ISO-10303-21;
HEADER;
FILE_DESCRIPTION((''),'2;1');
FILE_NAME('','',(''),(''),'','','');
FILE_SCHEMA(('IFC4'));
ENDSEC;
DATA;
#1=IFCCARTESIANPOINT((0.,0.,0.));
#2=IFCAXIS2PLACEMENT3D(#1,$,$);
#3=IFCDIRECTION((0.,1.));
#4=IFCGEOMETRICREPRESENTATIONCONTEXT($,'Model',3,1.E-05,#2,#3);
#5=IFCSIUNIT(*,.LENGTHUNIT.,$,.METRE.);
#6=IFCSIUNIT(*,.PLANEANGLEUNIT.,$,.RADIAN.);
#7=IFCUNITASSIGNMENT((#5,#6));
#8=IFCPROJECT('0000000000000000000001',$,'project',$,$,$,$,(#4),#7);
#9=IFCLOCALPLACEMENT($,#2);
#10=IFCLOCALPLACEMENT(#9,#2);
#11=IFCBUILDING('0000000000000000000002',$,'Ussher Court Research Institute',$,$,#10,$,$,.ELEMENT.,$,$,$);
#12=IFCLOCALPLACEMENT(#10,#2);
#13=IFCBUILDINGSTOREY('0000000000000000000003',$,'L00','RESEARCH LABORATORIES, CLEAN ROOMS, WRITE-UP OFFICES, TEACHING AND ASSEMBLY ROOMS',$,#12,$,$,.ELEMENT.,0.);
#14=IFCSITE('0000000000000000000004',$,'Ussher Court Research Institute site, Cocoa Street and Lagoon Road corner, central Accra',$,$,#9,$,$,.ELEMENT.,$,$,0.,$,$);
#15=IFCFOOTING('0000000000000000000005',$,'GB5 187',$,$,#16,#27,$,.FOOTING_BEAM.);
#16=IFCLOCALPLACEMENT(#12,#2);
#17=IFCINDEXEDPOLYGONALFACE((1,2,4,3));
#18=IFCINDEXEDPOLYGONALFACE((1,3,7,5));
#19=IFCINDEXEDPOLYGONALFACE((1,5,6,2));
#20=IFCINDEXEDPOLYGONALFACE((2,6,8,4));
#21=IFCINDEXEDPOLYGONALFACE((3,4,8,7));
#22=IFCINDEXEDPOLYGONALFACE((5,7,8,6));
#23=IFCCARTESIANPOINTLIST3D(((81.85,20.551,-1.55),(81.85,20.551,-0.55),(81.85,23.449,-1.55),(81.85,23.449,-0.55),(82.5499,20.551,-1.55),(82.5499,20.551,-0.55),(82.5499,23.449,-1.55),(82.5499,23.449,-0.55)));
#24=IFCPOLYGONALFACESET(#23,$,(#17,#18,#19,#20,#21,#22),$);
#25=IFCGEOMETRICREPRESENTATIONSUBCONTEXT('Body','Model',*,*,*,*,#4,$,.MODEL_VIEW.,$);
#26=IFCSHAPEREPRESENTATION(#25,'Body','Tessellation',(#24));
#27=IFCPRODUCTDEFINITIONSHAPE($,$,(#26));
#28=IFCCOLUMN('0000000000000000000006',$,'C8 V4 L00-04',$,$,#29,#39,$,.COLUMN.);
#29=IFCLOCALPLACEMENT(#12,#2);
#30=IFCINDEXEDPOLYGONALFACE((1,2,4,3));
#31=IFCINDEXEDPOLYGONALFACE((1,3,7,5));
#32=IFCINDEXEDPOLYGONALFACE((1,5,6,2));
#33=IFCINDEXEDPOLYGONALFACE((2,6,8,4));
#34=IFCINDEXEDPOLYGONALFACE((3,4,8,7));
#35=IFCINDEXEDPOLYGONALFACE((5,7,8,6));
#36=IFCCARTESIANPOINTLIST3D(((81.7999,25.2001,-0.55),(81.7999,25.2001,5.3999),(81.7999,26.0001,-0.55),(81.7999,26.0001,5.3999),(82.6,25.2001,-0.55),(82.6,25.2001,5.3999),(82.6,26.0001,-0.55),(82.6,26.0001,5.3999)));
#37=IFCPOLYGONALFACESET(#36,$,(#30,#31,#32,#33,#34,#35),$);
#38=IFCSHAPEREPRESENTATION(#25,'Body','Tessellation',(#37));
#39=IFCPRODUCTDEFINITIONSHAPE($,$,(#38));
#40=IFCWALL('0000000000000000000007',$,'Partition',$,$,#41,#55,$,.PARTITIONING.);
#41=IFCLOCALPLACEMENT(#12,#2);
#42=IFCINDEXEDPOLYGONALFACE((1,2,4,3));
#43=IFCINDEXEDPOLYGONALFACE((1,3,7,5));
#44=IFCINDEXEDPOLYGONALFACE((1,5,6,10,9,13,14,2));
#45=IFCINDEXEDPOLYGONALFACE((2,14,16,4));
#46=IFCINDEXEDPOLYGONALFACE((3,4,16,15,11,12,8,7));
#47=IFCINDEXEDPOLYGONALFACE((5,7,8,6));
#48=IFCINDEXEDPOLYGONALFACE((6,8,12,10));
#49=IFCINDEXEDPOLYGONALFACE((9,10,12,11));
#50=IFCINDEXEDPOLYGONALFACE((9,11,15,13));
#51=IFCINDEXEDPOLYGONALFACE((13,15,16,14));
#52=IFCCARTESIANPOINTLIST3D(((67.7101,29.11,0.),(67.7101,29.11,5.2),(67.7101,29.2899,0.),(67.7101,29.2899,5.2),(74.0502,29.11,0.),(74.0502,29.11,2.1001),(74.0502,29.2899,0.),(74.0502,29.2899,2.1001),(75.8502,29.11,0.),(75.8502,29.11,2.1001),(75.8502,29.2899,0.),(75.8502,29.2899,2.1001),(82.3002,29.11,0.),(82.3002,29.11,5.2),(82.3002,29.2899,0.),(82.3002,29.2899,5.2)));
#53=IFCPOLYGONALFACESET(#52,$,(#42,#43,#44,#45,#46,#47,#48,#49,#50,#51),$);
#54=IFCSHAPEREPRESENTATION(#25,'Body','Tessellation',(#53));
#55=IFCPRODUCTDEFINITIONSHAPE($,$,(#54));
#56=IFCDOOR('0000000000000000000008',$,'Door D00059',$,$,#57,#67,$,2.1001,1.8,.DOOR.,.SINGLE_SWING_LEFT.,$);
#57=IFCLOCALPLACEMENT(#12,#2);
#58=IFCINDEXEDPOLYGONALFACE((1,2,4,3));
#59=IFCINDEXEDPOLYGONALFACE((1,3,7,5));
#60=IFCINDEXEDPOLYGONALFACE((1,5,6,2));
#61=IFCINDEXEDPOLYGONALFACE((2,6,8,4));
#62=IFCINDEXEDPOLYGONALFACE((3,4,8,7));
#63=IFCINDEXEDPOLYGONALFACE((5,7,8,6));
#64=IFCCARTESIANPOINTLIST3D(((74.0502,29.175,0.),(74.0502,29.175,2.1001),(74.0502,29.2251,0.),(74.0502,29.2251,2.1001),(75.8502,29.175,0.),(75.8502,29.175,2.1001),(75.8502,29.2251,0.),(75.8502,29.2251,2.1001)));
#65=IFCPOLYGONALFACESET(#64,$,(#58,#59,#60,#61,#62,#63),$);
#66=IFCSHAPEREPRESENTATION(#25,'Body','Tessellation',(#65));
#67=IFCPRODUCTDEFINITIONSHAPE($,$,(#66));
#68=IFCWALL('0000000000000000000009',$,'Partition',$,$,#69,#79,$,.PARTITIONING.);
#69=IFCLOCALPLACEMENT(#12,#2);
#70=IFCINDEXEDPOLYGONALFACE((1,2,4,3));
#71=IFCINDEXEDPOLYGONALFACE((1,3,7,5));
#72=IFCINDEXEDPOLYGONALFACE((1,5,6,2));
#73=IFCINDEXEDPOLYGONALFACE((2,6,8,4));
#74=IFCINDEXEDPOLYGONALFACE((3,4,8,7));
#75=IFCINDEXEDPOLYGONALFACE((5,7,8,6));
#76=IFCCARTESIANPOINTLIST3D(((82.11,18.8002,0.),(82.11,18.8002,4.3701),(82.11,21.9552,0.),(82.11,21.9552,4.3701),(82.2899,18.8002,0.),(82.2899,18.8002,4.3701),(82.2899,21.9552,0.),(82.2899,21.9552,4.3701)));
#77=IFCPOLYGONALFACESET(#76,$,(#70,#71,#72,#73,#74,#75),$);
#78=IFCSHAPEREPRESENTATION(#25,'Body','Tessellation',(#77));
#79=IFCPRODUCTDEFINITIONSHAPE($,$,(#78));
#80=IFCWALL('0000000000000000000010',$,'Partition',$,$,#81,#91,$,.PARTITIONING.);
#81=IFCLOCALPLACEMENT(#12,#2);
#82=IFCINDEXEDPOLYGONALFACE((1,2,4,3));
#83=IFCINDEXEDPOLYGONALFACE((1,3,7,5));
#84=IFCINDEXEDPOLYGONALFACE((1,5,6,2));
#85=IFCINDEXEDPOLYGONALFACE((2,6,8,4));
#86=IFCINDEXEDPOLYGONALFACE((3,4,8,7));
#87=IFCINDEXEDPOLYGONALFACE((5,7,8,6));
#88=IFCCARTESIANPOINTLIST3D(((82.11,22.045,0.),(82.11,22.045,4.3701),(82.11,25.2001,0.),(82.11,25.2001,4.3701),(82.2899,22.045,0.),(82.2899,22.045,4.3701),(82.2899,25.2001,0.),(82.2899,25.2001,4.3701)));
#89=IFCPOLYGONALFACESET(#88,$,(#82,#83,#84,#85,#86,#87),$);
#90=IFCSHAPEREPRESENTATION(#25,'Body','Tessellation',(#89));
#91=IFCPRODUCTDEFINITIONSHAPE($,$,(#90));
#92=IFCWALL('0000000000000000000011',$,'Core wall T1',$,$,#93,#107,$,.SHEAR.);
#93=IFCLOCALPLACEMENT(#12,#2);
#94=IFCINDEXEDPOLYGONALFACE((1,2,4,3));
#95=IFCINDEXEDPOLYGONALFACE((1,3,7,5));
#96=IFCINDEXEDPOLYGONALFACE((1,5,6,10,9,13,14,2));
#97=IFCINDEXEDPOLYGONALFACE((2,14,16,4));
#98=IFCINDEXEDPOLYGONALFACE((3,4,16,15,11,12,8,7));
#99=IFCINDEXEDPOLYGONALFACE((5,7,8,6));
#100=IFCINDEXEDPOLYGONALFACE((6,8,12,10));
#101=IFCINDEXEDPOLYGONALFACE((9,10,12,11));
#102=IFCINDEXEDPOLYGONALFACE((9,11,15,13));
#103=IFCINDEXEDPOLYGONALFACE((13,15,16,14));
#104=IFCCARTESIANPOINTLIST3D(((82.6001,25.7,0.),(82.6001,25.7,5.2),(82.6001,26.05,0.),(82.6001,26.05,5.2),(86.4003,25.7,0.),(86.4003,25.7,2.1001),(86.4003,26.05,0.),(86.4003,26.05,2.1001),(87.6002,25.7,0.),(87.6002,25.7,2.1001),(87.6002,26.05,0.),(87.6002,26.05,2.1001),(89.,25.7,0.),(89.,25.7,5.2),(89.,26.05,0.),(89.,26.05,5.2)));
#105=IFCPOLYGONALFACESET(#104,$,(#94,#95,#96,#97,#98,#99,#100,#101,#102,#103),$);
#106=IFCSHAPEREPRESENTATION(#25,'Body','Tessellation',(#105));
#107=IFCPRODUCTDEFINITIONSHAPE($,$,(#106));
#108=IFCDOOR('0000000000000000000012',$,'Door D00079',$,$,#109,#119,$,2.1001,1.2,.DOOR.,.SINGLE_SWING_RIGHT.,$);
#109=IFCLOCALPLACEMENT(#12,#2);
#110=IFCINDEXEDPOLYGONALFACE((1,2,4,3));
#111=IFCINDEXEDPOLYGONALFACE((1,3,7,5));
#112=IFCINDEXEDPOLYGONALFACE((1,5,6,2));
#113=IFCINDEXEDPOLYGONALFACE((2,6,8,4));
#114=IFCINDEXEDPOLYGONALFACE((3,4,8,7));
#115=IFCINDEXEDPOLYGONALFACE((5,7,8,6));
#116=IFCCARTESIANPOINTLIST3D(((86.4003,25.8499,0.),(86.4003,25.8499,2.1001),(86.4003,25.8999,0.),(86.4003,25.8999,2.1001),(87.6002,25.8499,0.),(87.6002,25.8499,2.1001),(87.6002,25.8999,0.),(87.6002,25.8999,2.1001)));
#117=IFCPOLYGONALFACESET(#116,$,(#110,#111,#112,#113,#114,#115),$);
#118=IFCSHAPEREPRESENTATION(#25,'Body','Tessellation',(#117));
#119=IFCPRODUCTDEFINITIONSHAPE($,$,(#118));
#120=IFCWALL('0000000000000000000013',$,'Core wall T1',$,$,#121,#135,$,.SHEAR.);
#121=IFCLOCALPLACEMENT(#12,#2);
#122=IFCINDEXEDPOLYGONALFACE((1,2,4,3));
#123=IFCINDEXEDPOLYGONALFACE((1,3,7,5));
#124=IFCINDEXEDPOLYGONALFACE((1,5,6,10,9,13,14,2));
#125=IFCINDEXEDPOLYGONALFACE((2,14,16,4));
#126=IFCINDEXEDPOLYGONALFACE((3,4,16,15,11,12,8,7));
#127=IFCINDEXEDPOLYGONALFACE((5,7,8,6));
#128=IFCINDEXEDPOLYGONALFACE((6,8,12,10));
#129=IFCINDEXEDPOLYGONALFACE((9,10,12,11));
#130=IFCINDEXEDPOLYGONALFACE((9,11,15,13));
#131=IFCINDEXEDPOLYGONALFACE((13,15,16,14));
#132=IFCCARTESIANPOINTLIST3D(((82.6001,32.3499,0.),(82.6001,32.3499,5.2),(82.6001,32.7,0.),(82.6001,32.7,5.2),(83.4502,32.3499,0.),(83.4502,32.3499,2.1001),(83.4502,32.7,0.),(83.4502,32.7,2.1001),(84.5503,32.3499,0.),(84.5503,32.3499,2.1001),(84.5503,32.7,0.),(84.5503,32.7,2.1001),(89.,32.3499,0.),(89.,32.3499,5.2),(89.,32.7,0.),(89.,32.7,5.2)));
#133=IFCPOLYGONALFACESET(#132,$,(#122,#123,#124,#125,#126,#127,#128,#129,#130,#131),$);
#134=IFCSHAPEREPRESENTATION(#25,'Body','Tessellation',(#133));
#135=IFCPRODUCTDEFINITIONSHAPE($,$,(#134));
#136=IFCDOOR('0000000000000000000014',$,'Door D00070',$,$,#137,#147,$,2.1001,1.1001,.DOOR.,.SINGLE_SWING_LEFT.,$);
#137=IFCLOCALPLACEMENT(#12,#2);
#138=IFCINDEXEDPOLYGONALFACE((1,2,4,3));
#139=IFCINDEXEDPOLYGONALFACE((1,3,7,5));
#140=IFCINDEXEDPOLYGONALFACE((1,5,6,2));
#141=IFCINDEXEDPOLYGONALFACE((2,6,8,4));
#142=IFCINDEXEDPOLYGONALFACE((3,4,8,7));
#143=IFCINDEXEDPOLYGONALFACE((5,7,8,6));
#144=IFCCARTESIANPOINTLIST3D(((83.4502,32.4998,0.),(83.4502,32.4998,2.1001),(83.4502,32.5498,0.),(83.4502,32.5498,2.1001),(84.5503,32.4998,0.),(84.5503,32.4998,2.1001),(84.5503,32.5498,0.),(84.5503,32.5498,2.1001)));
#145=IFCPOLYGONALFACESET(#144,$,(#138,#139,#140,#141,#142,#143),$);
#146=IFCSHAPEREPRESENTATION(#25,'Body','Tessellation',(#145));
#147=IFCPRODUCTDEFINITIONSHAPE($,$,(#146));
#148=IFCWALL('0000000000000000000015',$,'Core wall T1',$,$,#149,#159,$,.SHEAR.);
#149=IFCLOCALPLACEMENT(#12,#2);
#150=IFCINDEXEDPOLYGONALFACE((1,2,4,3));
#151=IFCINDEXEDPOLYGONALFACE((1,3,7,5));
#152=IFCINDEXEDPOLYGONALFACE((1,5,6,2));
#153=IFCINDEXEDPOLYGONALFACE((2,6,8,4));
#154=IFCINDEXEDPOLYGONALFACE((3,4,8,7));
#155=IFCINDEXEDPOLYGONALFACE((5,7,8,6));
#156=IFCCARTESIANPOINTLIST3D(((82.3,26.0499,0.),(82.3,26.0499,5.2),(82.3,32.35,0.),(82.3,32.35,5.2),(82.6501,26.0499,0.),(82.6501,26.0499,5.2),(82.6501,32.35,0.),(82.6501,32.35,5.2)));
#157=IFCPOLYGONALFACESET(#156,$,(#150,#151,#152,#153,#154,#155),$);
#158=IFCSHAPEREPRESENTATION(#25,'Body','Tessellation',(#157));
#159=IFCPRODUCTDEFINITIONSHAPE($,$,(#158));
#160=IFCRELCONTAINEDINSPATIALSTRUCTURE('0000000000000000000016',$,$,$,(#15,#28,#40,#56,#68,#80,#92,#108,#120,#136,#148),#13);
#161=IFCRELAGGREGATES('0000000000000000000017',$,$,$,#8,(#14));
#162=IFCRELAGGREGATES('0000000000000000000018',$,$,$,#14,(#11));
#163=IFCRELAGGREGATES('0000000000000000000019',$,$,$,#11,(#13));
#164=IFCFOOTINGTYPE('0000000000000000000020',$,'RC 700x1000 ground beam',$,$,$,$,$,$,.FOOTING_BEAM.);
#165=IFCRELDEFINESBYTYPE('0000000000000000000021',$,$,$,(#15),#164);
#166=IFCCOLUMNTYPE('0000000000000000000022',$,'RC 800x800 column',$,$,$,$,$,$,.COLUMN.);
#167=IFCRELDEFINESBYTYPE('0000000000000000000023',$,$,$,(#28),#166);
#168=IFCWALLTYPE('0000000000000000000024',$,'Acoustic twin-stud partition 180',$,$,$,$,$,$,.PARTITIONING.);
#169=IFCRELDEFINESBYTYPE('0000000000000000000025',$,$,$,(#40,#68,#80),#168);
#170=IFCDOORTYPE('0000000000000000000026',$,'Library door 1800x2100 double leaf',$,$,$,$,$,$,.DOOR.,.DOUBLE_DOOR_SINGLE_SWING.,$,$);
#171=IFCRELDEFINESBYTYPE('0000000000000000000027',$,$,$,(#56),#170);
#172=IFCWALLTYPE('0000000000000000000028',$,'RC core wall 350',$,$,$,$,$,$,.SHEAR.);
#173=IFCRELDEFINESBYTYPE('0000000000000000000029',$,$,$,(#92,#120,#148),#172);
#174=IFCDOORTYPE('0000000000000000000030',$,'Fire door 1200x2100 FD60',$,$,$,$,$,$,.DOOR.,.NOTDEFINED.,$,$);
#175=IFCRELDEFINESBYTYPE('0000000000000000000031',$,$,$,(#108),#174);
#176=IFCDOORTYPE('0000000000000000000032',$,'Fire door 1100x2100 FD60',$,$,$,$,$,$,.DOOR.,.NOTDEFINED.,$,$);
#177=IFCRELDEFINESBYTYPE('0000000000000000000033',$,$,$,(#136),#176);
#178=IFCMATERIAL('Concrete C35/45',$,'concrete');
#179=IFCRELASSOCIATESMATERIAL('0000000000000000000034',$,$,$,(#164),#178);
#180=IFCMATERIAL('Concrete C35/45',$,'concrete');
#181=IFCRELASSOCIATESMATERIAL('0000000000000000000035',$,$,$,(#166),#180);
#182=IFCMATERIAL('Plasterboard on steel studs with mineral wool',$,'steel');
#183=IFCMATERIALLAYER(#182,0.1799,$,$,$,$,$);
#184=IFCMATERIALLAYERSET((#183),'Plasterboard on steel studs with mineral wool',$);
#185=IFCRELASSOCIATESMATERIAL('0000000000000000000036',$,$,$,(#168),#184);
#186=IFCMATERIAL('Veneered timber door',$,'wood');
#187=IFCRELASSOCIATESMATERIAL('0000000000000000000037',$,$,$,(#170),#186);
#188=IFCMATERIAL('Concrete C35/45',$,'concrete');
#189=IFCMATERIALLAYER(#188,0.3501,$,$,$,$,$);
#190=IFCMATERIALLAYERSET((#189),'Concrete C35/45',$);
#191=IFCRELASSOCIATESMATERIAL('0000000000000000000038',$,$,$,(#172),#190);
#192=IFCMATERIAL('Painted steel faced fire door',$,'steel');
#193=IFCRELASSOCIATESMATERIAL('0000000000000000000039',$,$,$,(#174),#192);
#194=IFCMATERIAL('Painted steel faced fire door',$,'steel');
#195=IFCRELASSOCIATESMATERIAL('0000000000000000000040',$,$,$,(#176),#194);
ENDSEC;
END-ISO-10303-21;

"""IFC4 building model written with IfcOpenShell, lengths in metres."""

from ifc_helpers import new_model, si_unit, direction, frame, frame_2d, origin, origin_2d, place, context, subcontext, project, spatial, rectangle, extrude, material, layer, layer_set, material_profile, profile_set, type_object, element, fill, save


model = new_model("IFC4")

# Units and contexts
model_context = context("Model", 3, precision=1e-05, world=origin(), true_north=direction((0.0, 1.0)))
body_context = subcontext(model_context, "Body", "Model", "MODEL_VIEW")
ifc_project = project(units=[si_unit("LENGTHUNIT", "METRE"), si_unit("PLANEANGLEUNIT", "RADIAN")], contexts=[model_context])

# Site, building, storey
site_placement = place(None, origin())
site = spatial("IfcSite", under=ifc_project, at=site_placement, Name="Ussher Court Research Institute site, Cocoa Street and Lagoon Road corner, central Accra", CompositionType="ELEMENT", RefElevation=0.0)
building_placement = place(site_placement, origin())
building = spatial("IfcBuilding", under=site, at=building_placement, Name="Ussher Court Research Institute", CompositionType="ELEMENT")
storey_placement = place(building_placement, origin())
storey = spatial("IfcBuildingStorey", under=building, at=storey_placement, Name="L00", Description="RESEARCH LABORATORIES, CLEAN ROOMS, WRITE-UP OFFICES, TEACHING AND ASSEMBLY ROOMS", CompositionType="ELEMENT", Elevation=0.0)

# Footing
ifc_material_1 = material(Name="Concrete C35/45", Category="concrete")
ifc_material_profile_1 = material_profile(ifc_material_1, rectangle(XDim=0.7, YDim=1.0, at=origin_2d()), Name="RC 700x1000")
ifc_profile_set_1 = profile_set([ifc_material_profile_1], Name="Concrete C35/45")
footing_type = type_object("IfcFootingType", Name="RC 700x1000 ground beam", PredefinedType="FOOTING_BEAM", material=ifc_profile_set_1)
footing_placement = place(storey_placement, frame((82.2, 20.551, -1.05), z_axis=(0.0, 1.0, 0.0), x_axis=(-1.0, 0.0, 0.0)))
element("IfcFooting", 1, at=footing_placement, inside=storey, type_object=footing_type, Name="GB5 187", PredefinedType="FOOTING_BEAM", context=body_context, shape_type="SweptSolid", body=[
    extrude(rectangle(XDim=0.7, YDim=1.0, at=origin_2d()), origin(), (0.0, 0.0, 1.0), 2.8979),
])

# Column
ifc_material_2 = material(Name="Concrete C35/45", Category="concrete")
ifc_material_profile_2 = material_profile(ifc_material_2, rectangle(XDim=0.8, YDim=0.8, at=origin_2d()), Name="RC 800x800")
ifc_profile_set_2 = profile_set([ifc_material_profile_2], Name="Concrete C35/45")
column_type = type_object("IfcColumnType", Name="RC 800x800 column", PredefinedType="COLUMN", material=ifc_profile_set_2)
column_placement = place(storey_placement, frame((82.2, 25.6001, -0.55), z_axis=(0.0, 0.0, 1.0), x_axis=(1.0, 0.0, 0.0)))
element("IfcColumn", 2, at=column_placement, inside=storey, type_object=column_type, Name="C8 V4 L00-04", PredefinedType="COLUMN", context=body_context, shape_type="SweptSolid", body=[
    extrude(rectangle(XDim=0.8, YDim=0.8, at=origin_2d()), origin(), (0.0, 0.0, 1.0), 5.95),
])

# Wall, opening, door
ifc_material_3 = material(Name="Plasterboard on steel studs with mineral wool", Category="steel")
ifc_layer_1 = layer(ifc_material_3, 0.1799)
ifc_layer_set_1 = layer_set([ifc_layer_1], Name="Plasterboard on steel studs with mineral wool")
wall_type_1 = type_object("IfcWallType", Name="Acoustic twin-stud partition 180", PredefinedType="PARTITIONING", material=ifc_layer_set_1)
wall_1_placement = place(storey_placement, frame((82.3, 29.2, 0.0), z_axis=(0.0, 0.0, 1.0), x_axis=(-1.0, 0.0, 0.0)))
wall_1 = element("IfcWall", 3, at=wall_1_placement, inside=storey, type_object=wall_type_1, Name="Partition", PredefinedType="PARTITIONING", context=body_context, shape_type="SweptSolid", body=[
    extrude(rectangle(XDim=14.5901, YDim=0.1799, at=frame_2d((7.2949, 0.0))), origin(), (0.0, 0.0, 1.0), 5.2),
])
opening_1_placement = place(wall_1_placement, frame((6.45, 0.0, 0.0)))
opening_1 = element("IfcOpeningElement", 4, at=opening_1_placement, cuts=wall_1, PredefinedType="OPENING", context=body_context, shape_type="SweptSolid", body=[
    extrude(rectangle(XDim=1.8, YDim=2.1001, at=frame_2d((0.8999, 1.05))), frame((0.0, 0.1001, 0.0), z_axis=(0.0, -1.0, 0.0), x_axis=(1.0, 0.0, 0.0)), (0.0, 0.0, 1.0), 0.2),
])
ifc_material_4 = material(Name="Veneered timber door", Category="wood")
door_type_1 = type_object("IfcDoorType", Name="Library door 1800x2100 double leaf", OperationType="DOUBLE_DOOR_SINGLE_SWING", PredefinedType="DOOR", material=ifc_material_4)
door_1_placement = place(opening_1_placement, origin())
door_1 = element("IfcDoor", 5, at=door_1_placement, inside=storey, type_object=door_type_1, Name="Door D00059", OperationType="SINGLE_SWING_LEFT", OverallHeight=2.1001, OverallWidth=1.8, PredefinedType="DOOR", context=body_context, shape_type="SweptSolid", body=[
    extrude(rectangle(XDim=1.8, YDim=2.1001, at=frame_2d((0.8999, 1.05))), frame((0.0, 0.0249, 0.0), z_axis=(0.0, -1.0, 0.0), x_axis=(1.0, 0.0, 0.0)), (0.0, 0.0, 1.0), 0.05),
])
fill(opening_1, door_1)

# Walls
for number, where, z_axis, x_axis, name in (
    (6, (82.2, 18.8, 0.0), (0.0, 0.0, 1.0), (0.0, 1.0, 0.0), "Partition"),
    (7, (82.2, 22.0449, 0.0), (0.0, 0.0, 1.0), (0.0, 1.0, 0.0), "Partition"),
):
    element("IfcWall", number, at=place(storey_placement, frame(where, z_axis=z_axis, x_axis=x_axis)), inside=storey, type_object=wall_type_1, Name=name, PredefinedType="PARTITIONING", context=body_context, shape_type="SweptSolid", body=[
        extrude(rectangle(XDim=3.155, YDim=0.1799, at=frame_2d((1.5776, 0.0))), origin(), (0.0, 0.0, 1.0), 4.3701),
    ])

# Walls, openings, doors
ifc_material_5 = material(Name="Concrete C35/45", Category="concrete")
ifc_layer_2 = layer(ifc_material_5, 0.3501)
ifc_layer_set_2 = layer_set([ifc_layer_2], Name="Concrete C35/45")
wall_type_2 = type_object("IfcWallType", Name="RC core wall 350", PredefinedType="SHEAR", material=ifc_layer_set_2)
wall_2_placement = place(storey_placement, frame((82.6001, 25.875, 0.0), z_axis=(0.0, 0.0, 1.0), x_axis=(1.0, 0.0, 0.0)))
wall_2 = element("IfcWall", 8, at=wall_2_placement, inside=storey, type_object=wall_type_2, Name="Core wall T1", PredefinedType="SHEAR", context=body_context, shape_type="SweptSolid", body=[
    extrude(rectangle(XDim=6.3999, YDim=0.3501, at=frame_2d((3.2, 0.0))), origin(), (0.0, 0.0, 1.0), 5.2),
])
opening_2_placement = place(wall_2_placement, frame((3.8, 0.0, 0.0)))
opening_2 = element("IfcOpeningElement", 9, at=opening_2_placement, cuts=wall_2, PredefinedType="OPENING", context=body_context, shape_type="SweptSolid", body=[
    extrude(rectangle(XDim=1.2, YDim=2.1001, at=frame_2d((0.6001, 1.05))), frame((0.0, 0.1851, 0.0), z_axis=(0.0, -1.0, 0.0), x_axis=(1.0, 0.0, 0.0)), (0.0, 0.0, 1.0), 0.3701),
])
ifc_material_6 = material(Name="Painted steel faced fire door", Category="steel")
door_type_2 = type_object("IfcDoorType", Name="Fire door 1200x2100 FD60", OperationType="NOTDEFINED", PredefinedType="DOOR", material=ifc_material_6)
door_2_placement = place(opening_2_placement, origin())
door_2 = element("IfcDoor", 10, at=door_2_placement, inside=storey, type_object=door_type_2, Name="Door D00079", OperationType="SINGLE_SWING_RIGHT", OverallHeight=2.1001, OverallWidth=1.2, PredefinedType="DOOR", context=body_context, shape_type="SweptSolid", body=[
    extrude(rectangle(XDim=1.2, YDim=2.1001, at=frame_2d((0.6001, 1.05))), frame((0.0, 0.0249, 0.0), z_axis=(0.0, -1.0, 0.0), x_axis=(1.0, 0.0, 0.0)), (0.0, 0.0, 1.0), 0.05),
])
fill(opening_2, door_2)
wall_3_placement = place(storey_placement, frame((82.6001, 32.5249, 0.0), z_axis=(0.0, 0.0, 1.0), x_axis=(1.0, 0.0, 0.0)))
wall_3 = element("IfcWall", 11, at=wall_3_placement, inside=storey, type_object=wall_type_2, Name="Core wall T1", PredefinedType="SHEAR", context=body_context, shape_type="SweptSolid", body=[
    extrude(rectangle(XDim=6.3999, YDim=0.3501, at=frame_2d((3.2, 0.0))), origin(), (0.0, 0.0, 1.0), 5.2),
])
opening_3_placement = place(wall_3_placement, frame((0.8501, 0.0, 0.0)))
opening_3 = element("IfcOpeningElement", 12, at=opening_3_placement, cuts=wall_3, PredefinedType="OPENING", context=body_context, shape_type="SweptSolid", body=[
    extrude(rectangle(XDim=1.1001, YDim=2.1001, at=frame_2d((0.55, 1.05))), frame((0.0, 0.1851, 0.0), z_axis=(0.0, -1.0, 0.0), x_axis=(1.0, 0.0, 0.0)), (0.0, 0.0, 1.0), 0.3701),
])
ifc_material_7 = material(Name="Painted steel faced fire door", Category="steel")
door_type_3 = type_object("IfcDoorType", Name="Fire door 1100x2100 FD60", OperationType="NOTDEFINED", PredefinedType="DOOR", material=ifc_material_7)
door_3_placement = place(opening_3_placement, origin())
door_3 = element("IfcDoor", 13, at=door_3_placement, inside=storey, type_object=door_type_3, Name="Door D00070", OperationType="SINGLE_SWING_LEFT", OverallHeight=2.1001, OverallWidth=1.1001, PredefinedType="DOOR", context=body_context, shape_type="SweptSolid", body=[
    extrude(rectangle(XDim=1.1001, YDim=2.1001, at=frame_2d((0.55, 1.05))), frame((0.0, 0.0249, 0.0), z_axis=(0.0, -1.0, 0.0), x_axis=(1.0, 0.0, 0.0)), (0.0, 0.0, 1.0), 0.05),
])
fill(opening_3, door_3)

# Wall
wall_4_placement = place(storey_placement, frame((82.4751, 26.05, 0.0), z_axis=(0.0, 0.0, 1.0), x_axis=(0.0, 1.0, 0.0)))
element("IfcWall", 14, at=wall_4_placement, inside=storey, type_object=wall_type_2, Name="Core wall T1", PredefinedType="SHEAR", context=body_context, shape_type="SweptSolid", body=[
    extrude(rectangle(XDim=6.3, YDim=0.3501, at=frame_2d((3.1499, 0.0))), origin(), (0.0, 0.0, 1.0), 5.2),
])

save(model, "model.ifc")
